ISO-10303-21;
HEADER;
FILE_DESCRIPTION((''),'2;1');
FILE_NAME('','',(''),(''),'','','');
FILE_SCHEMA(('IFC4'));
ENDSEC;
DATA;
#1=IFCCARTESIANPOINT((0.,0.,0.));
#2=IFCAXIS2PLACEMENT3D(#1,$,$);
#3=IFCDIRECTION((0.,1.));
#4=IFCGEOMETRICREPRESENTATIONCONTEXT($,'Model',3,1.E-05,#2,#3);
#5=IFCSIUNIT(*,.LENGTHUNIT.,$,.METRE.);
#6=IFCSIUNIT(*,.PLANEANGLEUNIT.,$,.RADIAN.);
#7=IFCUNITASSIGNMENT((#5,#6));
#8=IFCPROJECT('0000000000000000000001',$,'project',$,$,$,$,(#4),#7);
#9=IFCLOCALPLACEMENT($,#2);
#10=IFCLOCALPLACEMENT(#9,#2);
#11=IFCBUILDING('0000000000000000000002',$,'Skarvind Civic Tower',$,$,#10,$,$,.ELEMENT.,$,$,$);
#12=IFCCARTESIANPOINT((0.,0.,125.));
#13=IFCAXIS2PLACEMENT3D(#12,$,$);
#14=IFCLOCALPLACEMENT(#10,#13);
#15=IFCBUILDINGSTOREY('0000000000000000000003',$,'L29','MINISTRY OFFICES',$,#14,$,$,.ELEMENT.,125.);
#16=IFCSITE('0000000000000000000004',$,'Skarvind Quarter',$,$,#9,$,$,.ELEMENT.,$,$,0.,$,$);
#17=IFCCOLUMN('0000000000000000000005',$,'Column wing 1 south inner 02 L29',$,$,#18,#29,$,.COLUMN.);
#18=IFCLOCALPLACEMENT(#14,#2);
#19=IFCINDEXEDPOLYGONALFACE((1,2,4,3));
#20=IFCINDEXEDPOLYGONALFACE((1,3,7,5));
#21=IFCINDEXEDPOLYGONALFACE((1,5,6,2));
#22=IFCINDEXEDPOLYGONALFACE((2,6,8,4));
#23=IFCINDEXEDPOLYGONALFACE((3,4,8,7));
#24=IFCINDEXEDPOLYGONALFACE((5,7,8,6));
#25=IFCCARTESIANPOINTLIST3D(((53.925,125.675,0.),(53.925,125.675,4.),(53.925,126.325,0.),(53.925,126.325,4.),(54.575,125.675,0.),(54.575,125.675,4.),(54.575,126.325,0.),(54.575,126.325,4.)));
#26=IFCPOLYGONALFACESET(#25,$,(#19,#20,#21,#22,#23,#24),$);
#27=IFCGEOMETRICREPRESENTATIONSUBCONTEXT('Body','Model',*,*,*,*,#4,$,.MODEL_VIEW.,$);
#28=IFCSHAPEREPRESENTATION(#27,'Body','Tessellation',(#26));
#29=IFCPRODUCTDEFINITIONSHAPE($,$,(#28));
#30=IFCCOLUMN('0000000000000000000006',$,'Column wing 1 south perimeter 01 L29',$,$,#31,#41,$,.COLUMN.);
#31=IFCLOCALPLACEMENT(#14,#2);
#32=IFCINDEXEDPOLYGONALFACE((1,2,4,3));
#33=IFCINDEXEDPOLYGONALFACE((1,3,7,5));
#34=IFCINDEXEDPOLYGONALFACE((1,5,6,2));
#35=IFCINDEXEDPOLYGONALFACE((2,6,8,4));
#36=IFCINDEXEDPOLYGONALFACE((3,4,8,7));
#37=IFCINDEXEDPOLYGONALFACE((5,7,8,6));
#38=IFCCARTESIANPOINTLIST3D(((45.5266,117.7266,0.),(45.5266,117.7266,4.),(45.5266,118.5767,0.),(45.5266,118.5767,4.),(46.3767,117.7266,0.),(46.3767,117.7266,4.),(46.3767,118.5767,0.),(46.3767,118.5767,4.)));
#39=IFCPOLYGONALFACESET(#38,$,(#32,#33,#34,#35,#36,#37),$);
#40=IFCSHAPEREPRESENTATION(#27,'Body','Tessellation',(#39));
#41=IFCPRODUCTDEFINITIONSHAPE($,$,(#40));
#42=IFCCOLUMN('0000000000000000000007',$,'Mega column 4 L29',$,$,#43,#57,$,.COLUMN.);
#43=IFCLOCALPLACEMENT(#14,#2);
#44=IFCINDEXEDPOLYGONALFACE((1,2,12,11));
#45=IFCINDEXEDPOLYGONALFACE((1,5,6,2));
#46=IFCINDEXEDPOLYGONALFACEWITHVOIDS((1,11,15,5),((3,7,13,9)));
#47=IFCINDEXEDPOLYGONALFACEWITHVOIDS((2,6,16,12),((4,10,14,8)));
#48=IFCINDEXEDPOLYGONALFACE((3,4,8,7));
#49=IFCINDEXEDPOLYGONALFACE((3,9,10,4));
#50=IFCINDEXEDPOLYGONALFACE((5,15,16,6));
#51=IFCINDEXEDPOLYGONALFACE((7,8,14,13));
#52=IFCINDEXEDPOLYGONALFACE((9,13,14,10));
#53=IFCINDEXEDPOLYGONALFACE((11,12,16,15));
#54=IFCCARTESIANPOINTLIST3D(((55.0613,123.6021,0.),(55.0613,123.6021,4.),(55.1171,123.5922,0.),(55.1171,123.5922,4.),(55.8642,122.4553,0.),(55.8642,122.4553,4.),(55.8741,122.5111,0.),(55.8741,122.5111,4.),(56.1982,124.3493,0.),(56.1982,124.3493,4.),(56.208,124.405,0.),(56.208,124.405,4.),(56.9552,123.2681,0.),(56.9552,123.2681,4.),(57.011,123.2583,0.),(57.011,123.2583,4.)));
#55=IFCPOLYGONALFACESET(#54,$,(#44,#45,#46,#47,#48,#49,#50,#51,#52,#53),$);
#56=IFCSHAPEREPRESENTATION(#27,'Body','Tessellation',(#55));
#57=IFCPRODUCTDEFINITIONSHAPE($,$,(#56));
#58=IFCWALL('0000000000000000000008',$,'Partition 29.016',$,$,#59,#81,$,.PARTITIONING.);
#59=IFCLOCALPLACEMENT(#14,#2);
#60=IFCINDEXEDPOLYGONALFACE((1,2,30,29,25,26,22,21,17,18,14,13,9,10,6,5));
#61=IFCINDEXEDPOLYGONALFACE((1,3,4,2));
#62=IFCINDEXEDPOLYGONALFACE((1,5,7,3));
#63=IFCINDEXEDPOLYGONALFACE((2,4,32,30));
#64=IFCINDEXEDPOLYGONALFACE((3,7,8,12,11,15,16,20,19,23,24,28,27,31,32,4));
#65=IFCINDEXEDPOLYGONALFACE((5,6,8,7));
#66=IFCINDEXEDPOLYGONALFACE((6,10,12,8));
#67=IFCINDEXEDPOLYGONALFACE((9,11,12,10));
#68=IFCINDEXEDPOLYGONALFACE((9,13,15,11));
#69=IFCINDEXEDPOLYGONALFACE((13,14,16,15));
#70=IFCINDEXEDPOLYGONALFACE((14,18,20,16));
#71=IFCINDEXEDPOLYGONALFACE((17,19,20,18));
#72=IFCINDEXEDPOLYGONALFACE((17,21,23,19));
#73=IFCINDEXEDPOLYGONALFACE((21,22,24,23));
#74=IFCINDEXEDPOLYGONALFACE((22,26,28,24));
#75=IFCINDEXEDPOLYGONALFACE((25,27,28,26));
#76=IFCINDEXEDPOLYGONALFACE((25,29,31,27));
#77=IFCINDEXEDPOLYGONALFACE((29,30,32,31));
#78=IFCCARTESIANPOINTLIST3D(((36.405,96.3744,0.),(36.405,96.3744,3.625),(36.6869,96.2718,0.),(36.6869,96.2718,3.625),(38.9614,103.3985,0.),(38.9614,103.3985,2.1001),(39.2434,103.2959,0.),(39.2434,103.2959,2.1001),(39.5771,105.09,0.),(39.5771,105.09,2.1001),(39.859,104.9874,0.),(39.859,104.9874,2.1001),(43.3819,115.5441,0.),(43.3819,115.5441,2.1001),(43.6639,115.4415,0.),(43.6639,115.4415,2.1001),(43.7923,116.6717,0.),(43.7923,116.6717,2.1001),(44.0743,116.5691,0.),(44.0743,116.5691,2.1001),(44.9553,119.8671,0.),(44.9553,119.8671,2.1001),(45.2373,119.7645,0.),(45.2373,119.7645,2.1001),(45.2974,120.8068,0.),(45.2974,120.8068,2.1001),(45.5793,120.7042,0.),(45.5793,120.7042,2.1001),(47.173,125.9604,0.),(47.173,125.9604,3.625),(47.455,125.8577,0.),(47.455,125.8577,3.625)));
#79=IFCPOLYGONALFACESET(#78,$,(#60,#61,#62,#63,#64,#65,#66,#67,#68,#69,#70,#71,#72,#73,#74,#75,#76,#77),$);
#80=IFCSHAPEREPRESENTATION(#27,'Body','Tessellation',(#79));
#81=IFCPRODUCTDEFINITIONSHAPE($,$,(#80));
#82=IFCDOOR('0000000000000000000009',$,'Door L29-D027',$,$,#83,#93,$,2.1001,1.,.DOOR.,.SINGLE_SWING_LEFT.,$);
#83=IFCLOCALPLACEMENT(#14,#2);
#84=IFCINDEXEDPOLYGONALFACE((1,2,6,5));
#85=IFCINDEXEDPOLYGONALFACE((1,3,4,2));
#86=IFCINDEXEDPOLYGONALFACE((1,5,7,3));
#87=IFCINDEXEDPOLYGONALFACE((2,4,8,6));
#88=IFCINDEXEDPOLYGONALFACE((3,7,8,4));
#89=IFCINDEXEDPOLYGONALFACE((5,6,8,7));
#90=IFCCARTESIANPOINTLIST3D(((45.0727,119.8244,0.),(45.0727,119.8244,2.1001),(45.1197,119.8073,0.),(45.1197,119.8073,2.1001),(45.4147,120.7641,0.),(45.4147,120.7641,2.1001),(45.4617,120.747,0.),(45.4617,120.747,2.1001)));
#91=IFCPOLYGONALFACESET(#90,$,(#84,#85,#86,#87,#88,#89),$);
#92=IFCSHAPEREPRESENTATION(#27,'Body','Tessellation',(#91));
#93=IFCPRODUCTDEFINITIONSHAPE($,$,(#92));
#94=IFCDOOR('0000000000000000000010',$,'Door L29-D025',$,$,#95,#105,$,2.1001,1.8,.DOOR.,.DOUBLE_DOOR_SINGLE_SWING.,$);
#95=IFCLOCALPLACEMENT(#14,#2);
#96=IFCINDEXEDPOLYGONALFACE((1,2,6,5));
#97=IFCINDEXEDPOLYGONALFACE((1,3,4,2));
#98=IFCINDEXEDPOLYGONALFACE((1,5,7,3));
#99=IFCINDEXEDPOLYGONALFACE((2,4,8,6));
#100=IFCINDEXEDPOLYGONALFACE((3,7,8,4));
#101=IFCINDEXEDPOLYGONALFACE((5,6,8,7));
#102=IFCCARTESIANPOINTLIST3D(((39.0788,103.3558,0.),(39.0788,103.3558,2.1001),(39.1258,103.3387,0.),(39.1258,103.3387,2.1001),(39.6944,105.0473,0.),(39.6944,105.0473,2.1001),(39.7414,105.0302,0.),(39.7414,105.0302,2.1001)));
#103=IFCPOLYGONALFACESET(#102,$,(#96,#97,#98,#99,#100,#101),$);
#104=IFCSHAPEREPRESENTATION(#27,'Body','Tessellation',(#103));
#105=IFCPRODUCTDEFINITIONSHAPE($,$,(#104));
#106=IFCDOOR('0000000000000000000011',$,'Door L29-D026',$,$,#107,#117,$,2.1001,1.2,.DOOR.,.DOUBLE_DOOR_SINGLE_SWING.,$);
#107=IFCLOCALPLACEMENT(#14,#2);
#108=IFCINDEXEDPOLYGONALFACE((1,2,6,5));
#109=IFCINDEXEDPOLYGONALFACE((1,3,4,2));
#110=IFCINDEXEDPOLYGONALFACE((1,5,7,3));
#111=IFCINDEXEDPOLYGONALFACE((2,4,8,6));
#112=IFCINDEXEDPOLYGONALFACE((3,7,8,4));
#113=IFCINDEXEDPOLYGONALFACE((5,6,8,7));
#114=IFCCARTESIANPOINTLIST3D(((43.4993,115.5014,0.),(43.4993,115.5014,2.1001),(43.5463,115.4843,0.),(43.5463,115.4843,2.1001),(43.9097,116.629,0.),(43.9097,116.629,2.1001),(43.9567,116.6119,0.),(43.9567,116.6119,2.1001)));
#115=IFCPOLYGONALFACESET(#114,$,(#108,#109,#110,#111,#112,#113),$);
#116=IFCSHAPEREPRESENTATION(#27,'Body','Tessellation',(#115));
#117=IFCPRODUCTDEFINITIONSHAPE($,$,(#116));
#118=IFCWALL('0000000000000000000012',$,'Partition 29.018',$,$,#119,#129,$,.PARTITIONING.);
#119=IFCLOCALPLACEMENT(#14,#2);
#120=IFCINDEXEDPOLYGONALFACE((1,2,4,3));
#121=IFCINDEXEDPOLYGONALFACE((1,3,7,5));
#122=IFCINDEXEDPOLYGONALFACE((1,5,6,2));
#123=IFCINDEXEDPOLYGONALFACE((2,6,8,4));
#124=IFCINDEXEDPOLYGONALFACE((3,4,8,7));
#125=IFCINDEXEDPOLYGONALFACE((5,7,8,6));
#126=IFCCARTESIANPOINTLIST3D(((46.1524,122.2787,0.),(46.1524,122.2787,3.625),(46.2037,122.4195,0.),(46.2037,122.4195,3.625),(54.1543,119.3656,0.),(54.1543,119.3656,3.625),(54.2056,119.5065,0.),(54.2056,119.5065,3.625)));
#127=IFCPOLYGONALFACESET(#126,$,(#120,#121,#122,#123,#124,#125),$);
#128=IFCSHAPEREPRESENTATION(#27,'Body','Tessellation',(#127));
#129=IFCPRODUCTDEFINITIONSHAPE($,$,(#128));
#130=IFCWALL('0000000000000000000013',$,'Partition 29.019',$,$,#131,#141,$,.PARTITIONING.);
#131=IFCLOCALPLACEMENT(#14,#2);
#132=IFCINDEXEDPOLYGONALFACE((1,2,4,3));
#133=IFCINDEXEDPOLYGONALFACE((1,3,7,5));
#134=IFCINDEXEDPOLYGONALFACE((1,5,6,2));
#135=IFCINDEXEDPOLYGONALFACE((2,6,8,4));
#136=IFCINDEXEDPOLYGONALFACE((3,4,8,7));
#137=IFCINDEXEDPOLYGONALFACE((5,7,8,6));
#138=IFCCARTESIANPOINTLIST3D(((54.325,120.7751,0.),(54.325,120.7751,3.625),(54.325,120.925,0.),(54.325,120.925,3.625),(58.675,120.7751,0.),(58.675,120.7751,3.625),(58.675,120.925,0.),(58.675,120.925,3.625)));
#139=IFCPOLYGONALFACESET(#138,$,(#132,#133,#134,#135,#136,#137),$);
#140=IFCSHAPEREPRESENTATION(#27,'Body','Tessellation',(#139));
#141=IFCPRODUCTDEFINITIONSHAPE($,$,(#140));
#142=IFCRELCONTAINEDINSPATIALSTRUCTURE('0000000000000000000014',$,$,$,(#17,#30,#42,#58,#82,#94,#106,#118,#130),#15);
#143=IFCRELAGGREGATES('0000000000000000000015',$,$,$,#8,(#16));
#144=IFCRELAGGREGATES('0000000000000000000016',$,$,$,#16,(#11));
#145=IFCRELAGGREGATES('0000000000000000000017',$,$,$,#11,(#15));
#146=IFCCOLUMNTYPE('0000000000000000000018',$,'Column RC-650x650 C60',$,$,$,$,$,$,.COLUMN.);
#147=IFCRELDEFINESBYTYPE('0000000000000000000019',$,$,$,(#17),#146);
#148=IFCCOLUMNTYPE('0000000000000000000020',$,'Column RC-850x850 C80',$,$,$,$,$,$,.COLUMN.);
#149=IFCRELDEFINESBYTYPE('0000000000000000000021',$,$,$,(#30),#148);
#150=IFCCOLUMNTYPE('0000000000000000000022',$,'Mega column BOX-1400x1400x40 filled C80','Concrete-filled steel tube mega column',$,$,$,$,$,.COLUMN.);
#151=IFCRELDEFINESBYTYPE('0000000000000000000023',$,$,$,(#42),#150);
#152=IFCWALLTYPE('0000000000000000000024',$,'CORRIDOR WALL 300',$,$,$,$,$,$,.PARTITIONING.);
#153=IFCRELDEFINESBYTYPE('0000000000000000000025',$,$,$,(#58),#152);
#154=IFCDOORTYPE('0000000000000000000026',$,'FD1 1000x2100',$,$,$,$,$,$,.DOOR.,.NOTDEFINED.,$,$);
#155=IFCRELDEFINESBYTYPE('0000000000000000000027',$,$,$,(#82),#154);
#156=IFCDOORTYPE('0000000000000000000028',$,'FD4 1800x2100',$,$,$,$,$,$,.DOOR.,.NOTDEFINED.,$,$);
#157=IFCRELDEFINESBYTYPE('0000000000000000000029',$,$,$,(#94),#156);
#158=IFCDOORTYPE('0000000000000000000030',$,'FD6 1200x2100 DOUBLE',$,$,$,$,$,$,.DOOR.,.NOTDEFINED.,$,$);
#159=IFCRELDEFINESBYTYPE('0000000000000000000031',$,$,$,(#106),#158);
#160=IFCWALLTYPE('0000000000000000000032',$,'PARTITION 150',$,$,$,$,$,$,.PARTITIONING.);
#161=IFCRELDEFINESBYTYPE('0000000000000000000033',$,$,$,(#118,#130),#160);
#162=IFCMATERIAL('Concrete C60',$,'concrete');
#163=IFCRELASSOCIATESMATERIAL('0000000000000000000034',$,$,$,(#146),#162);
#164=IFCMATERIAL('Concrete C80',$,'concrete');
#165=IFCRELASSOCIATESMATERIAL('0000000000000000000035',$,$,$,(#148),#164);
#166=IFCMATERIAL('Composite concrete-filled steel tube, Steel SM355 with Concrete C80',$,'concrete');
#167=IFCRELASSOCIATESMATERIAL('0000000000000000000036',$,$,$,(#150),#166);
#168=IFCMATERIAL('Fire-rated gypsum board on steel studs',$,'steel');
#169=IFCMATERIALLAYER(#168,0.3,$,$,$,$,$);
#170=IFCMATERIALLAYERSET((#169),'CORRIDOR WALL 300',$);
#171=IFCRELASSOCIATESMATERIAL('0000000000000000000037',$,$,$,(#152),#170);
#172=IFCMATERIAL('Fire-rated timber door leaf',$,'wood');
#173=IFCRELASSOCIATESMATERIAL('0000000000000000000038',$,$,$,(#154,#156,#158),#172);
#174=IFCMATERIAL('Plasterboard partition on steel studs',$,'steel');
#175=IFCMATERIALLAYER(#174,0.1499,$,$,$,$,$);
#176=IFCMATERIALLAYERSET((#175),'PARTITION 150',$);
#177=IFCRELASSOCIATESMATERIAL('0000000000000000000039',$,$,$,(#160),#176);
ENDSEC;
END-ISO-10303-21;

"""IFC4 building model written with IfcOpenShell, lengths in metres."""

from ifc_helpers import new_model, si_unit, direction, frame, frame_2d, origin, origin_2d, place, context, subcontext, project, spatial, rectangle, hollow_rectangle, extrude, material, layer, layer_set, material_profile, profile_set, type_object, element, fill, save


model = new_model("IFC4")

# Units and contexts
model_context = context("Model", 3, precision=1e-05, world=origin(), true_north=direction((0.0, 1.0)))
body_context = subcontext(model_context, "Body", "Model", "MODEL_VIEW")
ifc_project = project(units=[si_unit("LENGTHUNIT", "METRE"), si_unit("PLANEANGLEUNIT", "RADIAN")], contexts=[model_context])

# Site, building, storey
site_placement = place(None, origin())
site = spatial("IfcSite", under=ifc_project, at=site_placement, Name="Skarvind Quarter", CompositionType="ELEMENT", RefElevation=0.0)
building_placement = place(site_placement, origin())
building = spatial("IfcBuilding", under=site, at=building_placement, Name="Skarvind Civic Tower", CompositionType="ELEMENT")
storey_placement = place(building_placement, frame((0.0, 0.0, 125.0)))
storey = spatial("IfcBuildingStorey", under=building, at=storey_placement, Name="L29", Description="MINISTRY OFFICES", CompositionType="ELEMENT", Elevation=125.0)

# Columns
ifc_material_1 = material(Name="Concrete C60", Category="concrete")
ifc_material_profile_1 = material_profile(ifc_material_1, rectangle(XDim=0.6499, YDim=0.6499, at=origin_2d()), Name="RC-650x650")
ifc_profile_set_1 = profile_set([ifc_material_profile_1], Name="Concrete C60")
column_type_1 = type_object("IfcColumnType", Name="Column RC-650x650 C60", PredefinedType="COLUMN", material=ifc_profile_set_1)
column_1_placement = place(storey_placement, frame((54.25, 126.0, 0.0), z_axis=(0.0, 0.0, 1.0), x_axis=(1.0, 0.0, 0.0)))
element("IfcColumn", 1, at=column_1_placement, inside=storey, type_object=column_type_1, Name="Column wing 1 south inner 02 L29", PredefinedType="COLUMN", context=body_context, shape_type="SweptSolid", body=[
    extrude(rectangle(XDim=0.6499, YDim=0.6499, at=origin_2d()), origin(), (0.0, 0.0, 1.0), 4.0),
])
ifc_material_2 = material(Name="Concrete C80", Category="concrete")
ifc_material_profile_2 = material_profile(ifc_material_2, rectangle(XDim=0.8501, YDim=0.8501, at=origin_2d()), Name="RC-850x850")
ifc_profile_set_2 = profile_set([ifc_material_profile_2], Name="Concrete C80")
column_type_2 = type_object("IfcColumnType", Name="Column RC-850x850 C80", PredefinedType="COLUMN", material=ifc_profile_set_2)
column_2_placement = place(storey_placement, frame((45.9517, 118.1516, 0.0), z_axis=(0.0, 0.0, 1.0), x_axis=(1.0, 0.0, 0.0)))
element("IfcColumn", 2, at=column_2_placement, inside=storey, type_object=column_type_2, Name="Column wing 1 south perimeter 01 L29", PredefinedType="COLUMN", context=body_context, shape_type="SweptSolid", body=[
    extrude(rectangle(XDim=0.8501, YDim=0.8501, at=origin_2d()), origin(), (0.0, 0.0, 1.0), 4.0),
])
ifc_material_3 = material(Name="Composite concrete-filled steel tube, Steel SM355 with Concrete C80", Category="concrete")
ifc_material_profile_3 = material_profile(ifc_material_3, hollow_rectangle(XDim=1.3999, YDim=1.3999, WallThickness=0.04, at=origin_2d()), Name="BOX-1400x1400x40")
ifc_profile_set_3 = profile_set([ifc_material_profile_3], Name="Composite concrete-filled steel tube, Steel SM355 with Concrete C80")
column_type_3 = type_object("IfcColumnType", Name="Mega column BOX-1400x1400x40 filled C80", Description="Concrete-filled steel tube mega column", PredefinedType="COLUMN", material=ifc_profile_set_3)
column_3_placement = place(storey_placement, frame((56.0361, 123.4302, 0.0), z_axis=(0.0, 0.0, 1.0), x_axis=(0.573576, -0.819152, 0.0)))
element("IfcColumn", 3, at=column_3_placement, inside=storey, type_object=column_type_3, Name="Mega column 4 L29", PredefinedType="COLUMN", context=body_context, shape_type="SweptSolid", body=[
    extrude(hollow_rectangle(XDim=1.3999, YDim=1.3999, WallThickness=0.04, at=origin_2d()), origin(), (0.0, 0.0, 1.0), 4.0),
])

# Wall, openings, doors
ifc_material_4 = material(Name="Fire-rated gypsum board on steel studs", Category="steel")
ifc_layer_1 = layer(ifc_material_4, 0.3)
ifc_layer_set_1 = layer_set([ifc_layer_1], Name="CORRIDOR WALL 300")
wall_type_1 = type_object("IfcWallType", Name="CORRIDOR WALL 300", PredefinedType="PARTITIONING", material=ifc_layer_set_1)
wall_1_placement = place(storey_placement, frame((47.314, 125.9089, 0.0), z_axis=(0.0, 0.0, 1.0), x_axis=(-0.342011, -0.939696, 0.0)))
wall_1 = element("IfcWall", 4, at=wall_1_placement, inside=storey, type_object=wall_type_1, Name="Partition 29.016", PredefinedType="PARTITIONING", context=body_context, shape_type="SweptSolid", body=[
    extrude(rectangle(XDim=31.4846, YDim=0.3, at=frame_2d((15.7422, 0.0))), origin(), (0.0, 0.0, 1.0), 3.625),
])
opening_1_placement = place(wall_1_placement, frame((22.2097, 0.0, 0.0)))
opening_1 = element("IfcOpeningElement", 5, at=opening_1_placement, cuts=wall_1, PredefinedType="OPENING", context=body_context, shape_type="SweptSolid", body=[
    extrude(rectangle(XDim=1.8, YDim=2.1001, at=frame_2d((0.8999, 1.05))), frame((0.0, 0.1599, 0.0), z_axis=(0.0, -1.0, 0.0), x_axis=(1.0, 0.0, 0.0)), (0.0, 0.0, 1.0), 0.3201),
])
opening_2_placement = place(wall_1_placement, frame((9.8845, 0.0, 0.0)))
opening_2 = element("IfcOpeningElement", 6, at=opening_2_placement, cuts=wall_1, PredefinedType="OPENING", context=body_context, shape_type="SweptSolid", body=[
    extrude(rectangle(XDim=1.2, YDim=2.1001, at=frame_2d((0.6001, 1.05))), frame((0.0, 0.1599, 0.0), z_axis=(0.0, -1.0, 0.0), x_axis=(1.0, 0.0, 0.0)), (0.0, 0.0, 1.0), 0.3201),
])
opening_3_placement = place(wall_1_placement, frame((5.4841, 0.0, 0.0)))
opening_3 = element("IfcOpeningElement", 7, at=opening_3_placement, cuts=wall_1, PredefinedType="OPENING", context=body_context, shape_type="SweptSolid", body=[
    extrude(rectangle(XDim=1.0, YDim=2.1001, at=frame_2d((0.5, 1.05))), frame((0.0, 0.1599, 0.0), z_axis=(0.0, -1.0, 0.0), x_axis=(1.0, 0.0, 0.0)), (0.0, 0.0, 1.0), 0.3201),
])
ifc_material_5 = material(Name="Fire-rated timber door leaf", Category="wood")
door_type_1 = type_object("IfcDoorType", Name="FD1 1000x2100", OperationType="NOTDEFINED", PredefinedType="DOOR", material=ifc_material_5)
door_1_placement = place(opening_3_placement, origin())
door_1 = element("IfcDoor", 8, at=door_1_placement, inside=storey, type_object=door_type_1, Name="Door L29-D027", OperationType="SINGLE_SWING_LEFT", OverallHeight=2.1001, OverallWidth=1.0, PredefinedType="DOOR", context=body_context, shape_type="SweptSolid", body=[
    extrude(rectangle(XDim=1.0, YDim=2.1001, at=frame_2d((0.5, 1.05))), frame((0.0, 0.0249, 0.0), z_axis=(0.0, -1.0, 0.0), x_axis=(1.0, 0.0, 0.0)), (0.0, 0.0, 1.0), 0.05),
])
fill(opening_3, door_1)
door_type_2 = type_object("IfcDoorType", Name="FD4 1800x2100", OperationType="NOTDEFINED", PredefinedType="DOOR", material=ifc_material_5)
door_2_placement = place(opening_1_placement, origin())
door_2 = element("IfcDoor", 9, at=door_2_placement, inside=storey, type_object=door_type_2, Name="Door L29-D025", OperationType="DOUBLE_DOOR_SINGLE_SWING", OverallHeight=2.1001, OverallWidth=1.8, PredefinedType="DOOR", context=body_context, shape_type="SweptSolid", body=[
    extrude(rectangle(XDim=1.8, YDim=2.1001, at=frame_2d((0.8999, 1.05))), frame((0.0, 0.0249, 0.0), z_axis=(0.0, -1.0, 0.0), x_axis=(1.0, 0.0, 0.0)), (0.0, 0.0, 1.0), 0.05),
])
fill(opening_1, door_2)
door_type_3 = type_object("IfcDoorType", Name="FD6 1200x2100 DOUBLE", OperationType="NOTDEFINED", PredefinedType="DOOR", material=ifc_material_5)
door_3_placement = place(opening_2_placement, origin())
door_3 = element("IfcDoor", 10, at=door_3_placement, inside=storey, type_object=door_type_3, Name="Door L29-D026", OperationType="DOUBLE_DOOR_SINGLE_SWING", OverallHeight=2.1001, OverallWidth=1.2, PredefinedType="DOOR", context=body_context, shape_type="SweptSolid", body=[
    extrude(rectangle(XDim=1.2, YDim=2.1001, at=frame_2d((0.6001, 1.05))), frame((0.0, 0.0249, 0.0), z_axis=(0.0, -1.0, 0.0), x_axis=(1.0, 0.0, 0.0)), (0.0, 0.0, 1.0), 0.05),
])
fill(opening_2, door_3)

# Walls
ifc_material_6 = material(Name="Plasterboard partition on steel studs", Category="steel")
ifc_layer_2 = layer(ifc_material_6, 0.1499)
ifc_layer_set_2 = layer_set([ifc_layer_2], Name="PARTITION 150")
wall_type_2 = type_object("IfcWallType", Name="PARTITION 150", PredefinedType="PARTITIONING", material=ifc_layer_set_2)
wall_2_placement = place(storey_placement, frame((54.1799, 119.436, 0.0), z_axis=(0.0, 0.0, 1.0), x_axis=(-0.939669, 0.342084, 0.0)))
element("IfcWall", 11, at=wall_2_placement, inside=storey, type_object=wall_type_2, Name="Partition 29.018", PredefinedType="PARTITIONING", context=body_context, shape_type="SweptSolid", body=[
    extrude(rectangle(XDim=8.5156, YDim=0.1499, at=frame_2d((4.2578, 0.0))), origin(), (0.0, 0.0, 1.0), 3.625),
])
wall_3_placement = place(storey_placement, frame((54.325, 120.8501, 0.0), z_axis=(0.0, 0.0, 1.0), x_axis=(1.0, 0.0, 0.0)))
element("IfcWall", 12, at=wall_3_placement, inside=storey, type_object=wall_type_2, Name="Partition 29.019", PredefinedType="PARTITIONING", context=body_context, shape_type="SweptSolid", body=[
    extrude(rectangle(XDim=4.3501, YDim=0.1499, at=frame_2d((2.175, 0.0))), origin(), (0.0, 0.0, 1.0), 3.625),
])

save(model, "model.ifc")
